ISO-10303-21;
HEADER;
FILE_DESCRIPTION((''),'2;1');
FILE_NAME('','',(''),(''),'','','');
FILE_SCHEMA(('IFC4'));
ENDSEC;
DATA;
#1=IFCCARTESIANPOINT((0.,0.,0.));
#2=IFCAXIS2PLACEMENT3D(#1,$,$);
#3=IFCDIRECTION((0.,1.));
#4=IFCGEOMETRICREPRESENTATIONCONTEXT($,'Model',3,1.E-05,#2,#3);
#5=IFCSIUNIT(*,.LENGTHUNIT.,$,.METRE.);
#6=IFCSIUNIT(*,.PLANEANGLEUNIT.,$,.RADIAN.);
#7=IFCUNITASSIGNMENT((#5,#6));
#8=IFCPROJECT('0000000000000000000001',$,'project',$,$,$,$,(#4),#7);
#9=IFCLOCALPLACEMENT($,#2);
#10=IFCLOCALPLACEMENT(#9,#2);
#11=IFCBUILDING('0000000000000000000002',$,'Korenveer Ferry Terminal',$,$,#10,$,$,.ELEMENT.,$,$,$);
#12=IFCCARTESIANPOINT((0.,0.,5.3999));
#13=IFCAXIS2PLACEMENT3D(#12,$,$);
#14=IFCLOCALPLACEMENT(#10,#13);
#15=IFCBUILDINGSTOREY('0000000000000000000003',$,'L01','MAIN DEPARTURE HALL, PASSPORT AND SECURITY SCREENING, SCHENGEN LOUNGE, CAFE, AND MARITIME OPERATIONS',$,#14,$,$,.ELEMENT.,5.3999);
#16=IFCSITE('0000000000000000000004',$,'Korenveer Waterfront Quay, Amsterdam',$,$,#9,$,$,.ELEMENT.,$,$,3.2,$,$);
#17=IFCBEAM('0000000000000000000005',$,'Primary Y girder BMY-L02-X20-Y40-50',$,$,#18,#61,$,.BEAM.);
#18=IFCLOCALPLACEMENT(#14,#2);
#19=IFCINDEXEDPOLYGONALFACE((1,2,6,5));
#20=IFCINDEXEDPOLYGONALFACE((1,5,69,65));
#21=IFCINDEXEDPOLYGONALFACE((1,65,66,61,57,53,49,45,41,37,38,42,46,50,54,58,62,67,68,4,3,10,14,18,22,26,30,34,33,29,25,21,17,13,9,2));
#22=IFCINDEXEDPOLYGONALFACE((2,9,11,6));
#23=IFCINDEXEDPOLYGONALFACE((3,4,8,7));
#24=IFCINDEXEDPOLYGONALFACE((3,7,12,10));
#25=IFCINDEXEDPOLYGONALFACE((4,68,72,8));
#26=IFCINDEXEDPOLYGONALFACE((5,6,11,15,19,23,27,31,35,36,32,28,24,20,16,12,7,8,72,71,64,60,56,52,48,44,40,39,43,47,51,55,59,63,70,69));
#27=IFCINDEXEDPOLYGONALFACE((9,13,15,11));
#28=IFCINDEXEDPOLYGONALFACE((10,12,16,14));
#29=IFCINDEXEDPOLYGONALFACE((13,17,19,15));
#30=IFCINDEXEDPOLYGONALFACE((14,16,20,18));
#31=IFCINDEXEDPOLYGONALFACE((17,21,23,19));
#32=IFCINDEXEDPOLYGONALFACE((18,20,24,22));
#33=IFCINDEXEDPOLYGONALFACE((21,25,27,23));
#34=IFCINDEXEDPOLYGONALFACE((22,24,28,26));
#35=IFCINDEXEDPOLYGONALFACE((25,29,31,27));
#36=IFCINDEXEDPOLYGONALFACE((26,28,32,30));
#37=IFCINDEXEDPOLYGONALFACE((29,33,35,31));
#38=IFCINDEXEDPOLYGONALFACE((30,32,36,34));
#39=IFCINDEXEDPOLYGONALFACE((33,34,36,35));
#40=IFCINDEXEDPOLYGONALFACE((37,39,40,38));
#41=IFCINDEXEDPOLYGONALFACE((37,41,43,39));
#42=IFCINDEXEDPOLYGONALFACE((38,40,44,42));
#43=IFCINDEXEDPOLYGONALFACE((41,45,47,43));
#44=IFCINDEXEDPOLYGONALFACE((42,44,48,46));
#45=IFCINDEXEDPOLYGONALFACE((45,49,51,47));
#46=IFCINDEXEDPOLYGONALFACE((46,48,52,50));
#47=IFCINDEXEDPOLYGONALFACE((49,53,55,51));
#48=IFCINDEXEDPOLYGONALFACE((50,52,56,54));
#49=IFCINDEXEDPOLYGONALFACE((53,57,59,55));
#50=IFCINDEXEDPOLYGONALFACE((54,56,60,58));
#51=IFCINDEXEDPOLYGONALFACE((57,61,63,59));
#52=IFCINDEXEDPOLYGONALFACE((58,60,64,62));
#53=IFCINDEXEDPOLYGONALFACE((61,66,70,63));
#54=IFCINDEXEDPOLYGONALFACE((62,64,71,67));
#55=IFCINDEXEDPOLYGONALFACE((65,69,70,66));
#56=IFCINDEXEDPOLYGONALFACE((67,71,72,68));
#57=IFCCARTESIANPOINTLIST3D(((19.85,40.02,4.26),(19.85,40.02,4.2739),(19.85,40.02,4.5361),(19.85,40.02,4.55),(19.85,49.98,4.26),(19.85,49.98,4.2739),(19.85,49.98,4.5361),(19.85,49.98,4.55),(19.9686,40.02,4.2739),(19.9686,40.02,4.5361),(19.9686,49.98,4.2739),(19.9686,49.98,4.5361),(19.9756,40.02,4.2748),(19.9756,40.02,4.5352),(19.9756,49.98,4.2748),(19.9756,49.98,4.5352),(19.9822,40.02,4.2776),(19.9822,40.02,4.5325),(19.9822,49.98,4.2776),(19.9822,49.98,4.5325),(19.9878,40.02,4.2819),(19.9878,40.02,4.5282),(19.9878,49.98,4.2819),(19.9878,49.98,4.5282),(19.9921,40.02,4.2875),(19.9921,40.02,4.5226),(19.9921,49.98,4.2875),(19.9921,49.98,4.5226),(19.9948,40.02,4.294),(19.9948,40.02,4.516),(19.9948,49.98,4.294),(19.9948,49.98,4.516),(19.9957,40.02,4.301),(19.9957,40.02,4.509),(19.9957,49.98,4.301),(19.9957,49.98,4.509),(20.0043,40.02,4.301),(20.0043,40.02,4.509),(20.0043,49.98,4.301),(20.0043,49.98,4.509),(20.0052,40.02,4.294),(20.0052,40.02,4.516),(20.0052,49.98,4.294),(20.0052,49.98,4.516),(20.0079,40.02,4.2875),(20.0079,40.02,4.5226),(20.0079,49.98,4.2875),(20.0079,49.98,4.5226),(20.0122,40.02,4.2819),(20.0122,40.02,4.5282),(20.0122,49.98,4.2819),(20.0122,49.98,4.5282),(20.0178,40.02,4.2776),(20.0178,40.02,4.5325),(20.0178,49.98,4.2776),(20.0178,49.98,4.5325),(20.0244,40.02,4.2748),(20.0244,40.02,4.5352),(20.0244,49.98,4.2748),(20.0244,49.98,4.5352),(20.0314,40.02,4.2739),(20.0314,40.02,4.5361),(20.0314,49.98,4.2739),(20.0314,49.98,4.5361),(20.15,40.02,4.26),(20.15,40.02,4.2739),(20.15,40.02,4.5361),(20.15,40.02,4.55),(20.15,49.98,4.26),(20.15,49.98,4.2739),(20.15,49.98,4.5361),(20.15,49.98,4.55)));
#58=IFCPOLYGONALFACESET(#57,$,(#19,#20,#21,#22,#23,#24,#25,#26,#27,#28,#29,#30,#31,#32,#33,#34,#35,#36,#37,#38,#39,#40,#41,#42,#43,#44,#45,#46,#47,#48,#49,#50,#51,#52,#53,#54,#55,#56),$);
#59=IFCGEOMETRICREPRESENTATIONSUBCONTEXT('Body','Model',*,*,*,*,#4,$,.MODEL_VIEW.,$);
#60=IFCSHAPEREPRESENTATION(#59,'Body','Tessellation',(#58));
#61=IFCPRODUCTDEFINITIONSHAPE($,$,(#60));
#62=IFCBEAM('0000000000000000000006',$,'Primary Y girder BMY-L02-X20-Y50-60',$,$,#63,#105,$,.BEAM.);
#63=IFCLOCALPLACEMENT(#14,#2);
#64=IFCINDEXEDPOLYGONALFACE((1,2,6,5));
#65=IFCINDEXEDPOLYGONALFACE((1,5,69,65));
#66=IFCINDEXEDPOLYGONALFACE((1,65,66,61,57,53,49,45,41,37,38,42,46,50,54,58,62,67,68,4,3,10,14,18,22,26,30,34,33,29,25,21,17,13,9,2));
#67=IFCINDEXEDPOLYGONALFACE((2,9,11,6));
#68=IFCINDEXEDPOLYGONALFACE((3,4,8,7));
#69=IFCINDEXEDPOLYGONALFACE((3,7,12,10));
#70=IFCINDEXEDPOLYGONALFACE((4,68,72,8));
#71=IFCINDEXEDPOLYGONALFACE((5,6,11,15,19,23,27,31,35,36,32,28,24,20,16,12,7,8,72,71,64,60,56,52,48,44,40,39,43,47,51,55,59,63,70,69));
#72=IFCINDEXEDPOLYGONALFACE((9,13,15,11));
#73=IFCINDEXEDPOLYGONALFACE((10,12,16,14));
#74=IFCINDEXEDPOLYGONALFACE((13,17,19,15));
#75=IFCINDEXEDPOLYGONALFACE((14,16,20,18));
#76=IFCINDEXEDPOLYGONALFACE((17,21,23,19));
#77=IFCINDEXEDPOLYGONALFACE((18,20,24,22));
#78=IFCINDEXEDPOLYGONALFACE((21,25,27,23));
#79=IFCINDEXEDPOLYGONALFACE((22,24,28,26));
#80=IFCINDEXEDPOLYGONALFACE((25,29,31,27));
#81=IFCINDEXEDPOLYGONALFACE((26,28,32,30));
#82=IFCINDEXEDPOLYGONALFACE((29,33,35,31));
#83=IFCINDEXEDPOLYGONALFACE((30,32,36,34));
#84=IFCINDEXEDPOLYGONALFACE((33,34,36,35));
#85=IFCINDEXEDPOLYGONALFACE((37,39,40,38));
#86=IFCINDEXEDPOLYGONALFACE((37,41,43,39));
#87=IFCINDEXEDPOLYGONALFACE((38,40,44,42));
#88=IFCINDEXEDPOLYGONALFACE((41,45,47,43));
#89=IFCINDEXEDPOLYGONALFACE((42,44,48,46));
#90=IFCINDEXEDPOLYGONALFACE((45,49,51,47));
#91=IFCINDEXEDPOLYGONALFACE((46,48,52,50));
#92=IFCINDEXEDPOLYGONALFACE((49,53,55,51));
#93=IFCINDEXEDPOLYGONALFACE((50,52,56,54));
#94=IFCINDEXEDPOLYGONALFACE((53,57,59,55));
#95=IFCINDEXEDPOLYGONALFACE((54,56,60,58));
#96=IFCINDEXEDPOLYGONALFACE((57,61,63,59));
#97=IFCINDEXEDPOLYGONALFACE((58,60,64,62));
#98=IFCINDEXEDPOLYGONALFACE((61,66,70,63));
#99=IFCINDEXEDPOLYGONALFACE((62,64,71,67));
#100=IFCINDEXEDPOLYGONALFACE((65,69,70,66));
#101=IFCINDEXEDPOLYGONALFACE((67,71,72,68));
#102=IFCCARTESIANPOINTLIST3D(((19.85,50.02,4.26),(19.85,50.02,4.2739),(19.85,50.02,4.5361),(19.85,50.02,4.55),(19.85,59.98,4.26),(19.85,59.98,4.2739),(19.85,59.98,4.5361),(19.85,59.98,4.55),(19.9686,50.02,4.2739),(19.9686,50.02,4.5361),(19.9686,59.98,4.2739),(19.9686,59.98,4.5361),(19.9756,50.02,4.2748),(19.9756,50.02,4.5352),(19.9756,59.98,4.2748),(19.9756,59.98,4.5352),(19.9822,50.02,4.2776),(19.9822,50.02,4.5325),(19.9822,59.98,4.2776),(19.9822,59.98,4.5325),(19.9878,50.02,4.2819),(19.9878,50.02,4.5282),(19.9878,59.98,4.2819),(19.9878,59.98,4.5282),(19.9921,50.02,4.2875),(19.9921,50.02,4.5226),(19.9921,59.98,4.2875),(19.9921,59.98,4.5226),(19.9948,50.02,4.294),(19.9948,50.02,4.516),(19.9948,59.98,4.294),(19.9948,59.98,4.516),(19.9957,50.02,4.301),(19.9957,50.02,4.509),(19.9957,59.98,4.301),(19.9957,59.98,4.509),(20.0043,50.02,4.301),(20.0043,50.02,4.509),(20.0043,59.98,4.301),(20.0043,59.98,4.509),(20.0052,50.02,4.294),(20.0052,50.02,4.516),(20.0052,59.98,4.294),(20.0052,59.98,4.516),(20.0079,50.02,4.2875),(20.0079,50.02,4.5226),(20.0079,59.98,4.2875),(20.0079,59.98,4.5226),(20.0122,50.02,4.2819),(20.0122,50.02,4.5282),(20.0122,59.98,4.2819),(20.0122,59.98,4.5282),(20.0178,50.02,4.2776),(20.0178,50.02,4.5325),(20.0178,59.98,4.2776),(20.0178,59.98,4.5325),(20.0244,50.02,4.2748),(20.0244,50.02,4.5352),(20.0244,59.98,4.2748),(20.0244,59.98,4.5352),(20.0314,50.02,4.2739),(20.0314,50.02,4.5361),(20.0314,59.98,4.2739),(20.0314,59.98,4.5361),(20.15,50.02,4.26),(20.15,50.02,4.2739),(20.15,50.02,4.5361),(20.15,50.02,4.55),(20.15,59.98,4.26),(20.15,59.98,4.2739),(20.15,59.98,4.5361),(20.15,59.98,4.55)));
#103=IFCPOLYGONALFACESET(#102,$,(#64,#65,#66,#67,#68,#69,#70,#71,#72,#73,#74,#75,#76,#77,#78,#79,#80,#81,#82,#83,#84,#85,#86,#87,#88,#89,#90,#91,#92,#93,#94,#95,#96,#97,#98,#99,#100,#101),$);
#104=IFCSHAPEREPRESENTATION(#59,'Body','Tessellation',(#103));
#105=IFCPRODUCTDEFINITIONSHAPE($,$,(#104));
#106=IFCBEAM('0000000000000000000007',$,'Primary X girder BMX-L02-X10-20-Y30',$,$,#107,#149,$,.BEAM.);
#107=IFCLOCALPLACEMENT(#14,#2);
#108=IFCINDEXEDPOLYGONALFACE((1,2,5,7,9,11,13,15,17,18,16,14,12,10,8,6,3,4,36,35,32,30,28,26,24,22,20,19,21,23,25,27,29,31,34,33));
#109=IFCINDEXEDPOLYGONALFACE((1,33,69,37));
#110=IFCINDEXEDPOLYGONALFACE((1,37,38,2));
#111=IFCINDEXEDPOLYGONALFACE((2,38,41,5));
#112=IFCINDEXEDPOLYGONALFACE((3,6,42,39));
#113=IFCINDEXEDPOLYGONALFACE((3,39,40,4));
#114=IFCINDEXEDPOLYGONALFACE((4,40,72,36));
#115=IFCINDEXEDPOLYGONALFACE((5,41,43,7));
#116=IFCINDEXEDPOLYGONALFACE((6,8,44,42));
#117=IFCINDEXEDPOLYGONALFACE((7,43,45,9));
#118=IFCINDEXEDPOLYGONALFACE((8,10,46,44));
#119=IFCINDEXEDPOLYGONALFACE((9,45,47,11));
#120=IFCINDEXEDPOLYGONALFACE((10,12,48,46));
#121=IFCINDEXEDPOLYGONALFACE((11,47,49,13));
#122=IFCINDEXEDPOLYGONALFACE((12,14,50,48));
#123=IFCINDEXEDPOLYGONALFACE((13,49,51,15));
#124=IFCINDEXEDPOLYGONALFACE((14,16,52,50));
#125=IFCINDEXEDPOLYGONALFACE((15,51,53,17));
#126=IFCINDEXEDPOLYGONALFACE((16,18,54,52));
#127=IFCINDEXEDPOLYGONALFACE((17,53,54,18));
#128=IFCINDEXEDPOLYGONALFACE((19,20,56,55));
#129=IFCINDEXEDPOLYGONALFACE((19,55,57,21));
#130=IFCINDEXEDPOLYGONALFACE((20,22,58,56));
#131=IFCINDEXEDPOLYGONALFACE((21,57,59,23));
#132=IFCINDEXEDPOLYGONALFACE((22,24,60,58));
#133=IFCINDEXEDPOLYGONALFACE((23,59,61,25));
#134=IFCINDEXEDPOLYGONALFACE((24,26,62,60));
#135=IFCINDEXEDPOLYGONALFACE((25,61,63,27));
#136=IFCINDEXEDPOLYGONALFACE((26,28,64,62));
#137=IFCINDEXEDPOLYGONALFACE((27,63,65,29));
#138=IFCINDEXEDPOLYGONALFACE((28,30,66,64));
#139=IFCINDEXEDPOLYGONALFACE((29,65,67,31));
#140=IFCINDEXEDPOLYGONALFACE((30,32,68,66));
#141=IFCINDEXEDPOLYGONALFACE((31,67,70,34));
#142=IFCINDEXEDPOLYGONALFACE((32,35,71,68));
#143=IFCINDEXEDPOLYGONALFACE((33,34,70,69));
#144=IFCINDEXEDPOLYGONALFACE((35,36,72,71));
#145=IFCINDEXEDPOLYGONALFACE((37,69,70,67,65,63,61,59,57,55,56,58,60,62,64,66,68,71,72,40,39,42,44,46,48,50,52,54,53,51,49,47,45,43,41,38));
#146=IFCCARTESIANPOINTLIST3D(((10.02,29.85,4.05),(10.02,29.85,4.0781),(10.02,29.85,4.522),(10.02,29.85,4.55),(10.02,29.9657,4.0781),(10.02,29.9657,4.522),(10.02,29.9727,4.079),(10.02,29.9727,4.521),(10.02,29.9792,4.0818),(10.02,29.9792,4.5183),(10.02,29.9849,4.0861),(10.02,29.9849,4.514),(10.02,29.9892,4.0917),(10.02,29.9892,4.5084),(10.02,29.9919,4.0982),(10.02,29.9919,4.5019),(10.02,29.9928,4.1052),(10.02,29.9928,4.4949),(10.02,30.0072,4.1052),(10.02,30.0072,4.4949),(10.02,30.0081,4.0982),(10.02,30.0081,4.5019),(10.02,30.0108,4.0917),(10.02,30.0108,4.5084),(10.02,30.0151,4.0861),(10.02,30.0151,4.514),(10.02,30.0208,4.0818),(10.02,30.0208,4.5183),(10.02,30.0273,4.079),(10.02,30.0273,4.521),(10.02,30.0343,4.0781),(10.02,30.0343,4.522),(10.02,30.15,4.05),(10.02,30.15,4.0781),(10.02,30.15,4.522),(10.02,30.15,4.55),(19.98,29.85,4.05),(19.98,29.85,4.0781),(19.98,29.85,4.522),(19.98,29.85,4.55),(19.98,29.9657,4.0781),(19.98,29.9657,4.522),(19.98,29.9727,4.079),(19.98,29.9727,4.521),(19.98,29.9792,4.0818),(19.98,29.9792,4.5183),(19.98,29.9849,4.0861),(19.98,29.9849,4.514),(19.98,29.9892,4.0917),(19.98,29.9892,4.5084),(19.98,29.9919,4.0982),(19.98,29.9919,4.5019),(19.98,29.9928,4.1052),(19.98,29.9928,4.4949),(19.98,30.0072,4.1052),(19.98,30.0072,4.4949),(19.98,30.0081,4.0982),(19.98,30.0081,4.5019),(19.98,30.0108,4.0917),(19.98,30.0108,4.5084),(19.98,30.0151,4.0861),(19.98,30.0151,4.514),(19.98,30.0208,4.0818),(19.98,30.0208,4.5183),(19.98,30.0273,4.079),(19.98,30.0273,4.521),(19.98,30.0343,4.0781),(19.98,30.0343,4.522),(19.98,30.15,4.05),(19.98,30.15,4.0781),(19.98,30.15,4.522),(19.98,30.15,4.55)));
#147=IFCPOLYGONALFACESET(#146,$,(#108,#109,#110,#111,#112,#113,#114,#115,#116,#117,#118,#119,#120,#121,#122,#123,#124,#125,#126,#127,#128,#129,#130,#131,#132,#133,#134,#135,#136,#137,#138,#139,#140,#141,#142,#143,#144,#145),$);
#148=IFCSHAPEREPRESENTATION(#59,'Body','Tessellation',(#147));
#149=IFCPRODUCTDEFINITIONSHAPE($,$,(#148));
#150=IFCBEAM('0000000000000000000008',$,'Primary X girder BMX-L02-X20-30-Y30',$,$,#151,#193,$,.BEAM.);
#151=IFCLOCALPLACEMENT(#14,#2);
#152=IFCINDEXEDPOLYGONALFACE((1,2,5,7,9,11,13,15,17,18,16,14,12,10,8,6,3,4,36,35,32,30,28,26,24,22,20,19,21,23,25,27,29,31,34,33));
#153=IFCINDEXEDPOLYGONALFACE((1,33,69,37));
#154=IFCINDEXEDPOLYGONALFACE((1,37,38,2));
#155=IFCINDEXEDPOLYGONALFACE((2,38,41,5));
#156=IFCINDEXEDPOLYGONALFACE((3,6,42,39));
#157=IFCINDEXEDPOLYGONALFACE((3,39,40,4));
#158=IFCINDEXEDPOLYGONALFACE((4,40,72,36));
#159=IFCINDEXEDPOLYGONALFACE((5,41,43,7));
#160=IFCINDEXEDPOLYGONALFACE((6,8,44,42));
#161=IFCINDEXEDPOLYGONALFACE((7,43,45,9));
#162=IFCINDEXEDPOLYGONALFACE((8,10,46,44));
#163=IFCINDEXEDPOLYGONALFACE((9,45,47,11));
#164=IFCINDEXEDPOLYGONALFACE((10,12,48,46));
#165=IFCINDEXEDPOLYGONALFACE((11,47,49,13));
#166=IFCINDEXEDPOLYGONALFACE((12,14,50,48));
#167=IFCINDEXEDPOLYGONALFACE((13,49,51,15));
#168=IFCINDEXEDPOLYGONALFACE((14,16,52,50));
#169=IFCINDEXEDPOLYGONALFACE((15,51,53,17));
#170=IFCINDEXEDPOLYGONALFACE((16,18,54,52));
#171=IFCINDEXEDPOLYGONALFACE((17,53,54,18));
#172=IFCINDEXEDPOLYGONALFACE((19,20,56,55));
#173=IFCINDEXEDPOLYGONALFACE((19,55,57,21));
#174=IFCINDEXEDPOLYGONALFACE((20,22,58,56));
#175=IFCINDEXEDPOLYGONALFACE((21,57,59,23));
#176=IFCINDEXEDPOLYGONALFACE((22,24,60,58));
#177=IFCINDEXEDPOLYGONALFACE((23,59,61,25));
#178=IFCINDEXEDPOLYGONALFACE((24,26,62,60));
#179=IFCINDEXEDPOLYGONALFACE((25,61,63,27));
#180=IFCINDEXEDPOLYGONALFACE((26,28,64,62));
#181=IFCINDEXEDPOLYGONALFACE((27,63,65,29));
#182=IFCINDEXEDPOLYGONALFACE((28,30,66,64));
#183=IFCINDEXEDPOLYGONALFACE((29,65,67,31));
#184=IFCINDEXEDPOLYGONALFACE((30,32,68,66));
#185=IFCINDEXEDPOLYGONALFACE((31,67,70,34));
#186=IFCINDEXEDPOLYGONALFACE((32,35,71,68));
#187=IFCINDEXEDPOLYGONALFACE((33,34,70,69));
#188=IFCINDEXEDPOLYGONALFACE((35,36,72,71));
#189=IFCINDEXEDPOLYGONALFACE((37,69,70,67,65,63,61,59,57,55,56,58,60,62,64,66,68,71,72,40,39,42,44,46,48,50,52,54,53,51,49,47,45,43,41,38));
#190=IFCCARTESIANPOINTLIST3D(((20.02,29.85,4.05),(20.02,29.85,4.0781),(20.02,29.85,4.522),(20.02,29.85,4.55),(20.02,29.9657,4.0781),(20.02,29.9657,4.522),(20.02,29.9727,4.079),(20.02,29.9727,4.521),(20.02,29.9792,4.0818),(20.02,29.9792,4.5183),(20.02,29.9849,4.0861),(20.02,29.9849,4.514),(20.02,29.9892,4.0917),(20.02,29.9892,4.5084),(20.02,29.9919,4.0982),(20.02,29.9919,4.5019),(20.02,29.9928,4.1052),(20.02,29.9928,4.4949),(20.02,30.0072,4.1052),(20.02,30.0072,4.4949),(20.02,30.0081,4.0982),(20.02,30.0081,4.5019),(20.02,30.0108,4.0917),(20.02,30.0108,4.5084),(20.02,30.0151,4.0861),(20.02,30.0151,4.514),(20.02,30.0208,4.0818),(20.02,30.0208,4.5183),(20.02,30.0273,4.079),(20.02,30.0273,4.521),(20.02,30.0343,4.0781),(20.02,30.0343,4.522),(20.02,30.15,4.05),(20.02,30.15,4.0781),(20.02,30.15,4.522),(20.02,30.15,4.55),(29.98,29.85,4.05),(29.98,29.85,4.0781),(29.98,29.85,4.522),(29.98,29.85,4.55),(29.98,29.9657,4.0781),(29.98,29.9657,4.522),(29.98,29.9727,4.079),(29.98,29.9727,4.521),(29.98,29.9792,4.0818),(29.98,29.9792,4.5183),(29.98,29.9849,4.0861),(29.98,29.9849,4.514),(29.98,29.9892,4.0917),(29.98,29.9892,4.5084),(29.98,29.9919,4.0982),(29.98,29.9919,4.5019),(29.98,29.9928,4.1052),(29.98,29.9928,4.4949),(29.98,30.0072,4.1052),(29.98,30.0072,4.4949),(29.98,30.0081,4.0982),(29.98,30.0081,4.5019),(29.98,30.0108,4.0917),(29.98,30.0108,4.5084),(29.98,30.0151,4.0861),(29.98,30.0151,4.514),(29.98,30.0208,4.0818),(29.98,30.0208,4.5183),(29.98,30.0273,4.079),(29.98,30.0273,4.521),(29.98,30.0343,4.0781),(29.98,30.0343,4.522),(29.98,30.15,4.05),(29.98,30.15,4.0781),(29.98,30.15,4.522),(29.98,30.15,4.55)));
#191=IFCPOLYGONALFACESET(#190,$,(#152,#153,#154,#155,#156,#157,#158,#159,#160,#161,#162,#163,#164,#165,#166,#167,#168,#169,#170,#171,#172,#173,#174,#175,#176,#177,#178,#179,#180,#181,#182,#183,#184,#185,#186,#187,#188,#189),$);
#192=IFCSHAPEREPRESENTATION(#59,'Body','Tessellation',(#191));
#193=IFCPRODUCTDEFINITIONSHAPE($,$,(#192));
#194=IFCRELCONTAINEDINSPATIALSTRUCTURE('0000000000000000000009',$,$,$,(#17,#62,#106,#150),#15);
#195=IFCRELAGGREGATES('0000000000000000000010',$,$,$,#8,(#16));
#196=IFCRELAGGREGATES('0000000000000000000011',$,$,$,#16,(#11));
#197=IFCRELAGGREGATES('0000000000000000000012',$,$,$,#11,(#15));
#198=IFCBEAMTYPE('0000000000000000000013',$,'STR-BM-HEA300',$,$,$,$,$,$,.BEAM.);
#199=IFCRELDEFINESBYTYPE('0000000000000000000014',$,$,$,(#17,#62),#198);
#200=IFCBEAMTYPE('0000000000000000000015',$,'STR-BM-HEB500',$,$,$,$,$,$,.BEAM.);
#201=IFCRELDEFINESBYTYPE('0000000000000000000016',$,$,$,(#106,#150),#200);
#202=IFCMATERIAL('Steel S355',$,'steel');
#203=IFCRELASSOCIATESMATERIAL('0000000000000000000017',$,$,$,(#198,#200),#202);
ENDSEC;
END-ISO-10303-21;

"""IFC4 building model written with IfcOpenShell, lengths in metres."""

from ifc_helpers import new_model, si_unit, direction, frame, origin, origin_2d, place, context, subcontext, project, spatial, i_section, extrude, material, material_profile, profile_set, type_object, element, save


model = new_model("IFC4")

# Units and contexts
model_context = context("Model", 3, precision=1e-05, world=origin(), true_north=direction((0.0, 1.0)))
body_context = subcontext(model_context, "Body", "Model", "MODEL_VIEW")
ifc_project = project(units=[si_unit("LENGTHUNIT", "METRE"), si_unit("PLANEANGLEUNIT", "RADIAN")], contexts=[model_context])

# Site, building, storey
site_placement = place(None, origin())
site = spatial("IfcSite", under=ifc_project, at=site_placement, Name="Korenveer Waterfront Quay, Amsterdam", CompositionType="ELEMENT", RefElevation=3.2)
building_placement = place(site_placement, origin())
building = spatial("IfcBuilding", under=site, at=building_placement, Name="Korenveer Ferry Terminal", CompositionType="ELEMENT")
storey_placement = place(building_placement, frame((0.0, 0.0, 5.3999)))
storey = spatial("IfcBuildingStorey", under=building, at=storey_placement, Name="L01", Description="MAIN DEPARTURE HALL, PASSPORT AND SECURITY SCREENING, SCHENGEN LOUNGE, CAFE, AND MARITIME OPERATIONS", CompositionType="ELEMENT", Elevation=5.3999)

# Beams
ifc_material_1 = material(Name="Steel S355", Category="steel")
ifc_material_profile_1 = material_profile(ifc_material_1, i_section(OverallWidth=0.3, OverallDepth=0.29, WebThickness=0.0085, FlangeThickness=0.0139, FilletRadius=0.0271, at=origin_2d()), Name="HEA 300")
ifc_profile_set_1 = profile_set([ifc_material_profile_1], Name="Steel S355")
beam_type_1 = type_object("IfcBeamType", Name="STR-BM-HEA300", PredefinedType="BEAM", material=ifc_profile_set_1)
for number, where, z_axis, x_axis, name in (
    (1, (20.0, 40.02, 4.405), (0.0, 1.0, 0.0), (-1.0, 0.0, 0.0), "Primary Y girder BMY-L02-X20-Y40-50"),
    (2, (20.0, 50.02, 4.405), (0.0, 1.0, 0.0), (-1.0, 0.0, 0.0), "Primary Y girder BMY-L02-X20-Y50-60"),
):
    element("IfcBeam", number, at=place(storey_placement, frame(where, z_axis=z_axis, x_axis=x_axis)), inside=storey, type_object=beam_type_1, Name=name, PredefinedType="BEAM", context=body_context, shape_type="SweptSolid", body=[
        extrude(i_section(OverallWidth=0.3, OverallDepth=0.29, WebThickness=0.0085, FlangeThickness=0.0139, FilletRadius=0.0271, at=origin_2d()), origin(), (0.0, 0.0, 1.0), 9.96),
    ])
ifc_material_profile_2 = material_profile(ifc_material_1, i_section(OverallWidth=0.3, OverallDepth=0.5, WebThickness=0.0144, FlangeThickness=0.0281, FilletRadius=0.0271, at=origin_2d()), Name="HEB 500")
ifc_profile_set_2 = profile_set([ifc_material_profile_2], Name="Steel S355")
beam_type_2 = type_object("IfcBeamType", Name="STR-BM-HEB500", PredefinedType="BEAM", material=ifc_profile_set_2)
for number, where, z_axis, x_axis, name in (
    (3, (10.02, 30.0, 4.3), (1.0, 0.0, 0.0), (0.0, 1.0, 0.0), "Primary X girder BMX-L02-X10-20-Y30"),
    (4, (20.02, 30.0, 4.3), (1.0, 0.0, 0.0), (0.0, 1.0, 0.0), "Primary X girder BMX-L02-X20-30-Y30"),
):
    element("IfcBeam", number, at=place(storey_placement, frame(where, z_axis=z_axis, x_axis=x_axis)), inside=storey, type_object=beam_type_2, Name=name, PredefinedType="BEAM", context=body_context, shape_type="SweptSolid", body=[
        extrude(i_section(OverallWidth=0.3, OverallDepth=0.5, WebThickness=0.0144, FlangeThickness=0.0281, FilletRadius=0.0271, at=origin_2d()), origin(), (0.0, 0.0, 1.0), 9.96),
    ])

save(model, "model.ifc")
